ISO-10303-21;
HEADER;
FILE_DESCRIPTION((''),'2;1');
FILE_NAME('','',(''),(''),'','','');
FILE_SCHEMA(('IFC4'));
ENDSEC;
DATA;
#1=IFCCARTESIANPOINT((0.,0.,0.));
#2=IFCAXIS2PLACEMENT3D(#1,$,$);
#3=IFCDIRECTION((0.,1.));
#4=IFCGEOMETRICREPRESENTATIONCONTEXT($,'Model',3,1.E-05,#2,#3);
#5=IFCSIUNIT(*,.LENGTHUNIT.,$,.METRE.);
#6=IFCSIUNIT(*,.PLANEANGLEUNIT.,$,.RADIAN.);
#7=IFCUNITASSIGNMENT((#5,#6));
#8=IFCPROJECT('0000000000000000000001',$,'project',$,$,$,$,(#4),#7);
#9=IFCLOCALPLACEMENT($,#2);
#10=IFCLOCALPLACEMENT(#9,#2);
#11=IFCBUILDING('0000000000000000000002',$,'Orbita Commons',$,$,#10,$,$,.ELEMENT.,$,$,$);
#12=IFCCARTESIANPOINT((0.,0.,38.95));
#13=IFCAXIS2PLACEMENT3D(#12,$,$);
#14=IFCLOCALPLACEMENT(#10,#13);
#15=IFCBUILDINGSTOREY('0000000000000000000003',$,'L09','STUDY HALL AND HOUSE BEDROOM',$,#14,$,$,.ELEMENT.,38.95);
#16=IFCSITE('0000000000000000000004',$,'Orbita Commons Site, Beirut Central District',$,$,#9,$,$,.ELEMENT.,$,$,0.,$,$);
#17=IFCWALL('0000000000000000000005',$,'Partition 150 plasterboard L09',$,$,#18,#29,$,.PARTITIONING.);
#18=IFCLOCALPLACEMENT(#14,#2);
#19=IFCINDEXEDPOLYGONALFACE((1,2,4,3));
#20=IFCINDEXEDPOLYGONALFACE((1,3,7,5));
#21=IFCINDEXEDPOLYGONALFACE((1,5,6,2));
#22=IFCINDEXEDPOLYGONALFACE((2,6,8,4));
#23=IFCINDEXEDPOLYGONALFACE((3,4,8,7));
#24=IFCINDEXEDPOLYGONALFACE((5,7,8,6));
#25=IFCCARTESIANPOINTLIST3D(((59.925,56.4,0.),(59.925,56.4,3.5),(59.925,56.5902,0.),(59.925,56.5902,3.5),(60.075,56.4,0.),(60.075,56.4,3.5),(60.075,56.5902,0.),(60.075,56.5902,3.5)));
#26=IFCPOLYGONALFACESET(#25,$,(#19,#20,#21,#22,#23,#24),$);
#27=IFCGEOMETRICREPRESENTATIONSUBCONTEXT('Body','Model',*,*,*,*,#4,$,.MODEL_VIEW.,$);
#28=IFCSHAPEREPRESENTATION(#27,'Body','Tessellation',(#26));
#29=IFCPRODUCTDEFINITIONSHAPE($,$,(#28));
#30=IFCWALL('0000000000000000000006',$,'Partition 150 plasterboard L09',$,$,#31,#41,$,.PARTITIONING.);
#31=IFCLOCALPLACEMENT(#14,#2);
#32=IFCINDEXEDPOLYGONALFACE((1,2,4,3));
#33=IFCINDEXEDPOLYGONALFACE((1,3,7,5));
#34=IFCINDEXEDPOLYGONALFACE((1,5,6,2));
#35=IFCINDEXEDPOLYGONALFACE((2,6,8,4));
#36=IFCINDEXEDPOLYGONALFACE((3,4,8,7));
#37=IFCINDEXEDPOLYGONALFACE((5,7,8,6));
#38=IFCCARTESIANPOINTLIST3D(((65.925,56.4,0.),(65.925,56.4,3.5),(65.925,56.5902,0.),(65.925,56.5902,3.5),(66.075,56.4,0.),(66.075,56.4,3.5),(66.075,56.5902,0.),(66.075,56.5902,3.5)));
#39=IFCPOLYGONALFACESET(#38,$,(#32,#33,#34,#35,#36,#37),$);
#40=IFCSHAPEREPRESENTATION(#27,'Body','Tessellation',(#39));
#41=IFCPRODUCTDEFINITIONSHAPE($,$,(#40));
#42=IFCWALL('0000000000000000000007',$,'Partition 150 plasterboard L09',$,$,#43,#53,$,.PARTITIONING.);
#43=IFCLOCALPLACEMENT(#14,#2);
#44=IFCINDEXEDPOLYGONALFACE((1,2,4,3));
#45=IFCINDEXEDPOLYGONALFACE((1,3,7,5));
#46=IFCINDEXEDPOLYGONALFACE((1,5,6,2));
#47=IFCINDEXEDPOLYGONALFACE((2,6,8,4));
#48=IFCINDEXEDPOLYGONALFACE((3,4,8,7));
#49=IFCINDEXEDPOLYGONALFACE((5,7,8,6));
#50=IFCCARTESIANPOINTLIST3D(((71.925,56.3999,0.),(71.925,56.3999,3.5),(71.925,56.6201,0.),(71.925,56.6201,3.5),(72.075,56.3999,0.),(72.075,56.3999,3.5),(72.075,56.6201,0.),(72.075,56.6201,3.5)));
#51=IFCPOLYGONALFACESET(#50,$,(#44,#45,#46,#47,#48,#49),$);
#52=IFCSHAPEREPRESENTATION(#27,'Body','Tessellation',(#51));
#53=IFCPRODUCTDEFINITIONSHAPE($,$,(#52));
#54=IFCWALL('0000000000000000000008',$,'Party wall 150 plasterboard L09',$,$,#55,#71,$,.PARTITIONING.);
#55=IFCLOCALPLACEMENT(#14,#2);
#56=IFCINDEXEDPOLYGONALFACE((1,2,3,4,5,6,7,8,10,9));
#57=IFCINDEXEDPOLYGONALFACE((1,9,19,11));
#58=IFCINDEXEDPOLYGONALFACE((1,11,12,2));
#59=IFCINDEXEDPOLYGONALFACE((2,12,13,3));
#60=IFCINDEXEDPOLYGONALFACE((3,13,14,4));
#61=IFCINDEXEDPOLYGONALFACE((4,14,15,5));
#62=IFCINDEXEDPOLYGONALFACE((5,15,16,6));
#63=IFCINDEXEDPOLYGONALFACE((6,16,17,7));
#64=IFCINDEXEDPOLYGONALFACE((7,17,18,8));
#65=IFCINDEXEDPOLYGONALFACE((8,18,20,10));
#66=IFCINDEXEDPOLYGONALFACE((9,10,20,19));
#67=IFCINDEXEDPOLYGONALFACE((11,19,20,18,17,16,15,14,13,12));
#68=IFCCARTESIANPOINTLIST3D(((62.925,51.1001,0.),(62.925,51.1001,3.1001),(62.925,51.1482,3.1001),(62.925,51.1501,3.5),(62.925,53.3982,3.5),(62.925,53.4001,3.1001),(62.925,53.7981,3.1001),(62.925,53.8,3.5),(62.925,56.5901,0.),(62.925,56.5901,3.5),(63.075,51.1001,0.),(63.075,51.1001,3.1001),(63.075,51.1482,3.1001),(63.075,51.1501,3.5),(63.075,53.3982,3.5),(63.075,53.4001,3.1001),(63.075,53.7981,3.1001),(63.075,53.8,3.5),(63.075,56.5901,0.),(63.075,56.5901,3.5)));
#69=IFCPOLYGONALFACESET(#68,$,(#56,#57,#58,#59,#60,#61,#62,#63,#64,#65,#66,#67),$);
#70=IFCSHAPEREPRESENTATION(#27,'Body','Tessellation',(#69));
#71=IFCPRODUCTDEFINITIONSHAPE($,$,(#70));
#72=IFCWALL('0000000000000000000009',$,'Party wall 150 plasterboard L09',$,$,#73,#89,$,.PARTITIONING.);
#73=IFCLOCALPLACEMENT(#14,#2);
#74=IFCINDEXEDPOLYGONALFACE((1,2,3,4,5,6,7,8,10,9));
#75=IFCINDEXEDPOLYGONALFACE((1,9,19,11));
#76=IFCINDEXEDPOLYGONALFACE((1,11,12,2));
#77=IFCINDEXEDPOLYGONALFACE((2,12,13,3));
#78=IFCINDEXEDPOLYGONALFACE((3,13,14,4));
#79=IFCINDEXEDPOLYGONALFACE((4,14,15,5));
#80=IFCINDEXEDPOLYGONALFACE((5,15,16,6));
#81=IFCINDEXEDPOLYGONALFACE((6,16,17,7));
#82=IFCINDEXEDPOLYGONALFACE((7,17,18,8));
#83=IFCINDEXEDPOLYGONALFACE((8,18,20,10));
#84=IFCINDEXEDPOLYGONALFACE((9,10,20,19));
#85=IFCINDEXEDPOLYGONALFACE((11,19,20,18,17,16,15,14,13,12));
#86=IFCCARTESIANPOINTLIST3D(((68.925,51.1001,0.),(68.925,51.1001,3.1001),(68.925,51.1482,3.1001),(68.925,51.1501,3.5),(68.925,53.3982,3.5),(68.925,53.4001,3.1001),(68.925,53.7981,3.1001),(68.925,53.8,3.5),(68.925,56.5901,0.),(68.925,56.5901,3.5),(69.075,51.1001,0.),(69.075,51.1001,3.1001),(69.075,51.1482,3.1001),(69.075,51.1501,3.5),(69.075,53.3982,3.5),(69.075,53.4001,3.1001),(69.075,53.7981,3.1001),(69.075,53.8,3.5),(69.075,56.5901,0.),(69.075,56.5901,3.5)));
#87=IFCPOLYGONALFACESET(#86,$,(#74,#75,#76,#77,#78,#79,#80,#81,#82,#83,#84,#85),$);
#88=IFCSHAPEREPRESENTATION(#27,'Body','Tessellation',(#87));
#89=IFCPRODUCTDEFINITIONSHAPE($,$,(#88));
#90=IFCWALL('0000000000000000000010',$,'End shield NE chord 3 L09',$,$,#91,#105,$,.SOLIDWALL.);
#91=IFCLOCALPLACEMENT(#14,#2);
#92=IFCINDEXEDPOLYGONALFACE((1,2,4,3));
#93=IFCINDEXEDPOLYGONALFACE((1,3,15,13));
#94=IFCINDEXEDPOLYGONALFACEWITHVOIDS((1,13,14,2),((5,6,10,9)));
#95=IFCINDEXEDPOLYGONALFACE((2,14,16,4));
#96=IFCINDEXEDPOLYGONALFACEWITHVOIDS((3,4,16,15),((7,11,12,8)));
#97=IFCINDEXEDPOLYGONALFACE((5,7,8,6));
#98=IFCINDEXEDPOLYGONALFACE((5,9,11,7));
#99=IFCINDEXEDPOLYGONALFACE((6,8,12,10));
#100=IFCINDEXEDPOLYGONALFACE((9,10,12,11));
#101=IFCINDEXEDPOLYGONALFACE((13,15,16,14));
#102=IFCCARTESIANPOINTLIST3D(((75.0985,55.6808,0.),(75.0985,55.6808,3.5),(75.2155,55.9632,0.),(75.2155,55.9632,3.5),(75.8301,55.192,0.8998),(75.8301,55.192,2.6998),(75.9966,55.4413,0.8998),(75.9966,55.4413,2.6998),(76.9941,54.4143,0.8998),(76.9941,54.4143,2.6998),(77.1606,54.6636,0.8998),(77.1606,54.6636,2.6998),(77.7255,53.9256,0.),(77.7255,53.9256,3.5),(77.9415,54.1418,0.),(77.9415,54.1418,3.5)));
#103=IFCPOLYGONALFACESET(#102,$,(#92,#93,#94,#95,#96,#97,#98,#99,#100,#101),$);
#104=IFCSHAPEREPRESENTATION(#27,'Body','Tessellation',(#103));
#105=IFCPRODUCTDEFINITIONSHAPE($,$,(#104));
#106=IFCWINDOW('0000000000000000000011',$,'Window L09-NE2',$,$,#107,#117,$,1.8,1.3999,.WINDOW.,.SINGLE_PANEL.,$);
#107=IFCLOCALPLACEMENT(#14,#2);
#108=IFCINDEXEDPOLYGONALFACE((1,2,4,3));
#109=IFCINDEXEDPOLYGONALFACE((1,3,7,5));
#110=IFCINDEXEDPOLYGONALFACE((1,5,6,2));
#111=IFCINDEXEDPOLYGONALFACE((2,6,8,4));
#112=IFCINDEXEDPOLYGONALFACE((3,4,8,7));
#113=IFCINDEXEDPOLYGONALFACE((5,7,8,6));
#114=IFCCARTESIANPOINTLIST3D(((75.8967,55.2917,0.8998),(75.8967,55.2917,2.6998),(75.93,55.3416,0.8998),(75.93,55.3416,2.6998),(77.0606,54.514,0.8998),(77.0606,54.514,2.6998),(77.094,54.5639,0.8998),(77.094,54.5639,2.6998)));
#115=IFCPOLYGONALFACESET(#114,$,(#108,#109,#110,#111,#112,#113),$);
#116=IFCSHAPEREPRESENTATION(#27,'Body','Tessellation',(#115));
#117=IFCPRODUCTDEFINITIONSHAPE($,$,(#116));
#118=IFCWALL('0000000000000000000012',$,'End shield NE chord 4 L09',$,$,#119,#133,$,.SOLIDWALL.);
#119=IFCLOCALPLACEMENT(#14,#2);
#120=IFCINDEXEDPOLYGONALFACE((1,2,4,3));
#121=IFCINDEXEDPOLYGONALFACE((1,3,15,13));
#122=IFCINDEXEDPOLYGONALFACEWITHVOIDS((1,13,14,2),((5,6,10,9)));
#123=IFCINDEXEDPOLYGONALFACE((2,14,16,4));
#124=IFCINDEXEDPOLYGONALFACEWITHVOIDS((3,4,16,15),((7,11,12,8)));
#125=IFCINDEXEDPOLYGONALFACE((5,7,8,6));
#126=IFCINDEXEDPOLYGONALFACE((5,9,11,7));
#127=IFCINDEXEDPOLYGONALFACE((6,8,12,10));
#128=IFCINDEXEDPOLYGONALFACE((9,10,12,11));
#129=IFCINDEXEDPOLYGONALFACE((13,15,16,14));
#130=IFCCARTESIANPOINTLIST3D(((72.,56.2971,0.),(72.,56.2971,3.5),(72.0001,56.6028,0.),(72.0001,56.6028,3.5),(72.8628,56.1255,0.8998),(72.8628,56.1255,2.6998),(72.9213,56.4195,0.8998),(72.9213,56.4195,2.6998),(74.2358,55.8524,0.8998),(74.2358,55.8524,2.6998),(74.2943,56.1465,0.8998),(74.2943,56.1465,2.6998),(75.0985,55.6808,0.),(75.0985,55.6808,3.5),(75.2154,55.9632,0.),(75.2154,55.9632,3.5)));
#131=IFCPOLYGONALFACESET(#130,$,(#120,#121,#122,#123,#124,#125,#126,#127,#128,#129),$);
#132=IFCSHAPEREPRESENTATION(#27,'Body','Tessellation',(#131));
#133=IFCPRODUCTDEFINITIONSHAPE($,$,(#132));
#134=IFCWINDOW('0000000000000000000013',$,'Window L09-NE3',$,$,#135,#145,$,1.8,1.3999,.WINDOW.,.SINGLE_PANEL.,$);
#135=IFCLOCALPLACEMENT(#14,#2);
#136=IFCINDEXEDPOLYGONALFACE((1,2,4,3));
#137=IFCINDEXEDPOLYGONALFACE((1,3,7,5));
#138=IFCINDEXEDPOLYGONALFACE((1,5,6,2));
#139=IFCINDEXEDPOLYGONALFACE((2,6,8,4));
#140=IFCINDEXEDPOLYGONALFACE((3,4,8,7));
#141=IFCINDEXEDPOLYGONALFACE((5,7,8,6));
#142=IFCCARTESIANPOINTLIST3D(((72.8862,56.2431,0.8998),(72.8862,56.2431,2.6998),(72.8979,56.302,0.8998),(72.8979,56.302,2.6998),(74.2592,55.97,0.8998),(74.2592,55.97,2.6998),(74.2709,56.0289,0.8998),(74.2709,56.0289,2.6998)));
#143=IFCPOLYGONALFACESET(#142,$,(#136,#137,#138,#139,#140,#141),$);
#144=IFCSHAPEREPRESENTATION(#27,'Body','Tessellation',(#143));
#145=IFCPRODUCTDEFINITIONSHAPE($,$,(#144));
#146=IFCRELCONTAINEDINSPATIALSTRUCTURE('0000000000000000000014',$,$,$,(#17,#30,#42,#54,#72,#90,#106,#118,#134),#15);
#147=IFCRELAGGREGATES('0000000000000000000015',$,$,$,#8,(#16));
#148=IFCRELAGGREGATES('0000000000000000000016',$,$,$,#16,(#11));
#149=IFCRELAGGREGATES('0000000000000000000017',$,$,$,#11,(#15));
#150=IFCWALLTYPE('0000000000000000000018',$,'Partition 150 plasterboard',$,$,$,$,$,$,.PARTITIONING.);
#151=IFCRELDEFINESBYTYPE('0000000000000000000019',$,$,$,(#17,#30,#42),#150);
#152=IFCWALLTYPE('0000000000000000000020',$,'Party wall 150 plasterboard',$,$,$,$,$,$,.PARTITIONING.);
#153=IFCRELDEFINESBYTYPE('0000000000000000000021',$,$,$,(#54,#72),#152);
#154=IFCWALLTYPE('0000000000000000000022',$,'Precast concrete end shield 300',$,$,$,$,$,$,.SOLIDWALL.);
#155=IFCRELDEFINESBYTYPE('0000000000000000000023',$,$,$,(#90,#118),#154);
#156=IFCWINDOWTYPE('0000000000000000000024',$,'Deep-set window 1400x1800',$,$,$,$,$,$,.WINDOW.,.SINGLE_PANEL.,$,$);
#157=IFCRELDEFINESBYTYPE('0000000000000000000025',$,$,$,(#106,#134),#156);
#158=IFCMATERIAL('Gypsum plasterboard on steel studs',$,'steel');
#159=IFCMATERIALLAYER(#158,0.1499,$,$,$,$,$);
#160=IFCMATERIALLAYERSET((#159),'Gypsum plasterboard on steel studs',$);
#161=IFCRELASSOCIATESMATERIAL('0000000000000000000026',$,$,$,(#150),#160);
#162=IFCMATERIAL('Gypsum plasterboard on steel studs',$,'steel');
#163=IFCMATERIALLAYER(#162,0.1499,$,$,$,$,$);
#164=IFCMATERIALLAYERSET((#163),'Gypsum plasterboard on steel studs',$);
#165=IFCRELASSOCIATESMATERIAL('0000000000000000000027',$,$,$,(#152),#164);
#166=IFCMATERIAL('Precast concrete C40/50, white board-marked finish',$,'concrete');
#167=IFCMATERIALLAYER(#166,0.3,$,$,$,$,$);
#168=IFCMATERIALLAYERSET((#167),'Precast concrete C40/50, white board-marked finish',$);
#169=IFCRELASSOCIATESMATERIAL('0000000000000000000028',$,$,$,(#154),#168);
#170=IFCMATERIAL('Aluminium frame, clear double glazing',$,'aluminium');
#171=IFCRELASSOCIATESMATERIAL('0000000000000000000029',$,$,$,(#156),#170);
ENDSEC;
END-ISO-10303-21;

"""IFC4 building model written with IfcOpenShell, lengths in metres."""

from ifc_helpers import new_model, si_unit, direction, frame, frame_2d, origin, place, context, subcontext, project, spatial, polyline, rectangle, outline, extrude, material, layer, layer_set, type_object, element, fill, save


model = new_model("IFC4")

# Units and contexts
model_context = context("Model", 3, precision=1e-05, world=origin(), true_north=direction((0.0, 1.0)))
body_context = subcontext(model_context, "Body", "Model", "MODEL_VIEW")
ifc_project = project(units=[si_unit("LENGTHUNIT", "METRE"), si_unit("PLANEANGLEUNIT", "RADIAN")], contexts=[model_context])

# Site, building, storey
site_placement = place(None, origin())
site = spatial("IfcSite", under=ifc_project, at=site_placement, Name="Orbita Commons Site, Beirut Central District", CompositionType="ELEMENT", RefElevation=0.0)
building_placement = place(site_placement, origin())
building = spatial("IfcBuilding", under=site, at=building_placement, Name="Orbita Commons", CompositionType="ELEMENT")
storey_placement = place(building_placement, frame((0.0, 0.0, 38.95)))
storey = spatial("IfcBuildingStorey", under=building, at=storey_placement, Name="L09", Description="STUDY HALL AND HOUSE BEDROOM", CompositionType="ELEMENT", Elevation=38.95)

# Walls
ifc_material_1 = material(Name="Gypsum plasterboard on steel studs", Category="steel")
ifc_layer_1 = layer(ifc_material_1, 0.1499)
ifc_layer_set_1 = layer_set([ifc_layer_1], Name="Gypsum plasterboard on steel studs")
wall_type_1 = type_object("IfcWallType", Name="Partition 150 plasterboard", PredefinedType="PARTITIONING", material=ifc_layer_set_1)
for number, where, z_axis, x_axis, name in (
    (1, (60.0, 56.3999, 0.0), (0.0, 0.0, 1.0), (0.0, 1.0, 0.0), "Partition 150 plasterboard L09"),
    (2, (66.0, 56.3999, 0.0), (0.0, 0.0, 1.0), (0.0, 1.0, 0.0), "Partition 150 plasterboard L09"),
):
    element("IfcWall", number, at=place(storey_placement, frame(where, z_axis=z_axis, x_axis=x_axis)), inside=storey, type_object=wall_type_1, Name=name, PredefinedType="PARTITIONING", context=body_context, shape_type="SweptSolid", body=[
        extrude(rectangle(XDim=0.1902, YDim=0.1499, at=frame_2d((0.0952, 0.0))), origin(), (0.0, 0.0, 1.0), 3.5),
    ])
wall_1_placement = place(storey_placement, frame((72.0, 56.3999, 0.0), z_axis=(0.0, 0.0, 1.0), x_axis=(0.0, 1.0, 0.0)))
element("IfcWall", 3, at=wall_1_placement, inside=storey, type_object=wall_type_1, Name="Partition 150 plasterboard L09", PredefinedType="PARTITIONING", context=body_context, shape_type="SweptSolid", body=[
    extrude(rectangle(XDim=0.2202, YDim=0.1499, at=frame_2d((0.1101, 0.0))), origin(), (0.0, 0.0, 1.0), 3.5),
])
ifc_material_2 = material(Name="Gypsum plasterboard on steel studs", Category="steel")
ifc_layer_2 = layer(ifc_material_2, 0.1499)
ifc_layer_set_2 = layer_set([ifc_layer_2], Name="Gypsum plasterboard on steel studs")
wall_type_2 = type_object("IfcWallType", Name="Party wall 150 plasterboard", PredefinedType="PARTITIONING", material=ifc_layer_set_2)
for number, where, z_axis, x_axis, name in (
    (4, (63.0, 56.5901, 0.0), (0.0, 0.0, 1.0), (0.0, -1.0, 0.0), "Party wall 150 plasterboard L09"),
    (5, (69.0, 56.5901, 0.0), (0.0, 0.0, 1.0), (0.0, -1.0, 0.0), "Party wall 150 plasterboard L09"),
):
    element("IfcWall", number, at=place(storey_placement, frame(where, z_axis=z_axis, x_axis=x_axis)), inside=storey, type_object=wall_type_2, Name=name, PredefinedType="PARTITIONING", context=body_context, shape_type="SweptSolid", body=[
        extrude(outline(polyline([(0.0, 0.0), (5.49, 0.0), (5.49, 3.1001), (5.4419, 3.1001), (5.4399, 3.5), (3.1919, 3.5), (3.1899, 3.1001), (2.792, 3.1001), (2.79, 3.5), (0.0, 3.5), (0.0, 0.0)])), frame((0.0, 0.075, 0.0), z_axis=(0.0, -1.0, 0.0), x_axis=(1.0, 0.0, 0.0)), (0.0, 0.0, 1.0), 0.1499),
    ])

# Walls, openings, windows
ifc_material_3 = material(Name="Precast concrete C40/50, white board-marked finish", Category="concrete")
ifc_layer_3 = layer(ifc_material_3, 0.3)
ifc_layer_set_3 = layer_set([ifc_layer_3], Name="Precast concrete C40/50, white board-marked finish")
wall_type_3 = type_object("IfcWallType", Name="Precast concrete end shield 300", PredefinedType="SOLIDWALL", material=ifc_layer_set_3)
wall_2_placement = place(storey_placement, frame((77.8335, 54.0337, 0.0), z_axis=(0.0, 0.0, 1.0), x_axis=(-0.831478, 0.555558, 0.0)))
wall_2 = element("IfcWall", 6, at=wall_2_placement, inside=storey, type_object=wall_type_3, Name="End shield NE chord 3 L09", PredefinedType="SOLIDWALL", context=body_context, shape_type="SweptSolid", body=[
    extrude(outline(polyline([(-0.0298, -0.1499), (3.2488, -0.1499), (3.1892, 0.1499), (0.0298, 0.1499), (-0.0298, -0.1499)])), origin(), (0.0, 0.0, 1.0), 3.5),
])
opening_1_placement = place(wall_2_placement, frame((0.9094, 0.0, 0.8999)))
opening_1 = element("IfcOpeningElement", 7, at=opening_1_placement, cuts=wall_2, PredefinedType="OPENING", context=body_context, shape_type="SweptSolid", body=[
    extrude(rectangle(XDim=1.3999, YDim=1.8, at=frame_2d((0.7, 0.8999))), frame((0.0, 0.1599, 0.0), z_axis=(0.0, -1.0, 0.0), x_axis=(1.0, 0.0, 0.0)), (0.0, 0.0, 1.0), 0.3201),
])
ifc_material_4 = material(Name="Aluminium frame, clear double glazing", Category="aluminium")
window_type = type_object("IfcWindowType", Name="Deep-set window 1400x1800", PartitioningType="SINGLE_PANEL", PredefinedType="WINDOW", material=ifc_material_4)
window_1_placement = place(opening_1_placement, origin())
window_1 = element("IfcWindow", 8, at=window_1_placement, inside=storey, type_object=window_type, Name="Window L09-NE2", OverallHeight=1.8, OverallWidth=1.3999, PartitioningType="SINGLE_PANEL", PredefinedType="WINDOW", context=body_context, shape_type="SweptSolid", body=[
    extrude(rectangle(XDim=1.3999, YDim=1.8, at=frame_2d((0.7, 0.8999))), frame((0.0, 0.03, 0.0), z_axis=(0.0, -1.0, 0.0), x_axis=(1.0, 0.0, 0.0)), (0.0, 0.0, 1.0), 0.0601),
])
fill(opening_1, window_1)
wall_3_placement = place(storey_placement, frame((75.157, 55.822, 0.0), z_axis=(0.0, 0.0, 1.0), x_axis=(-0.980787, 0.19508, 0.0)))
wall_3 = element("IfcWall", 9, at=wall_3_placement, inside=storey, type_object=wall_type_3, Name="End shield NE chord 4 L09", PredefinedType="SOLIDWALL", context=body_context, shape_type="SweptSolid", body=[
    extrude(outline(polyline([(-0.0298, -0.1499), (3.2485, -0.1499), (3.189, 0.1499), (0.0298, 0.1499), (-0.0298, -0.1499)])), origin(), (0.0, 0.0, 1.0), 3.5),
])
opening_2_placement = place(wall_3_placement, frame((0.9094, 0.0, 0.8999)))
opening_2 = element("IfcOpeningElement", 10, at=opening_2_placement, cuts=wall_3, PredefinedType="OPENING", context=body_context, shape_type="SweptSolid", body=[
    extrude(rectangle(XDim=1.3999, YDim=1.8, at=frame_2d((0.7, 0.8999))), frame((0.0, 0.1599, 0.0), z_axis=(0.0, -1.0, 0.0), x_axis=(1.0, 0.0, 0.0)), (0.0, 0.0, 1.0), 0.3201),
])
window_2_placement = place(opening_2_placement, origin())
window_2 = element("IfcWindow", 11, at=window_2_placement, inside=storey, type_object=window_type, Name="Window L09-NE3", OverallHeight=1.8, OverallWidth=1.3999, PartitioningType="SINGLE_PANEL", PredefinedType="WINDOW", context=body_context, shape_type="SweptSolid", body=[
    extrude(rectangle(XDim=1.3999, YDim=1.8, at=frame_2d((0.7, 0.8999))), frame((0.0, 0.03, 0.0), z_axis=(0.0, -1.0, 0.0), x_axis=(1.0, 0.0, 0.0)), (0.0, 0.0, 1.0), 0.0601),
])
fill(opening_2, window_2)

save(model, "model.ifc")
